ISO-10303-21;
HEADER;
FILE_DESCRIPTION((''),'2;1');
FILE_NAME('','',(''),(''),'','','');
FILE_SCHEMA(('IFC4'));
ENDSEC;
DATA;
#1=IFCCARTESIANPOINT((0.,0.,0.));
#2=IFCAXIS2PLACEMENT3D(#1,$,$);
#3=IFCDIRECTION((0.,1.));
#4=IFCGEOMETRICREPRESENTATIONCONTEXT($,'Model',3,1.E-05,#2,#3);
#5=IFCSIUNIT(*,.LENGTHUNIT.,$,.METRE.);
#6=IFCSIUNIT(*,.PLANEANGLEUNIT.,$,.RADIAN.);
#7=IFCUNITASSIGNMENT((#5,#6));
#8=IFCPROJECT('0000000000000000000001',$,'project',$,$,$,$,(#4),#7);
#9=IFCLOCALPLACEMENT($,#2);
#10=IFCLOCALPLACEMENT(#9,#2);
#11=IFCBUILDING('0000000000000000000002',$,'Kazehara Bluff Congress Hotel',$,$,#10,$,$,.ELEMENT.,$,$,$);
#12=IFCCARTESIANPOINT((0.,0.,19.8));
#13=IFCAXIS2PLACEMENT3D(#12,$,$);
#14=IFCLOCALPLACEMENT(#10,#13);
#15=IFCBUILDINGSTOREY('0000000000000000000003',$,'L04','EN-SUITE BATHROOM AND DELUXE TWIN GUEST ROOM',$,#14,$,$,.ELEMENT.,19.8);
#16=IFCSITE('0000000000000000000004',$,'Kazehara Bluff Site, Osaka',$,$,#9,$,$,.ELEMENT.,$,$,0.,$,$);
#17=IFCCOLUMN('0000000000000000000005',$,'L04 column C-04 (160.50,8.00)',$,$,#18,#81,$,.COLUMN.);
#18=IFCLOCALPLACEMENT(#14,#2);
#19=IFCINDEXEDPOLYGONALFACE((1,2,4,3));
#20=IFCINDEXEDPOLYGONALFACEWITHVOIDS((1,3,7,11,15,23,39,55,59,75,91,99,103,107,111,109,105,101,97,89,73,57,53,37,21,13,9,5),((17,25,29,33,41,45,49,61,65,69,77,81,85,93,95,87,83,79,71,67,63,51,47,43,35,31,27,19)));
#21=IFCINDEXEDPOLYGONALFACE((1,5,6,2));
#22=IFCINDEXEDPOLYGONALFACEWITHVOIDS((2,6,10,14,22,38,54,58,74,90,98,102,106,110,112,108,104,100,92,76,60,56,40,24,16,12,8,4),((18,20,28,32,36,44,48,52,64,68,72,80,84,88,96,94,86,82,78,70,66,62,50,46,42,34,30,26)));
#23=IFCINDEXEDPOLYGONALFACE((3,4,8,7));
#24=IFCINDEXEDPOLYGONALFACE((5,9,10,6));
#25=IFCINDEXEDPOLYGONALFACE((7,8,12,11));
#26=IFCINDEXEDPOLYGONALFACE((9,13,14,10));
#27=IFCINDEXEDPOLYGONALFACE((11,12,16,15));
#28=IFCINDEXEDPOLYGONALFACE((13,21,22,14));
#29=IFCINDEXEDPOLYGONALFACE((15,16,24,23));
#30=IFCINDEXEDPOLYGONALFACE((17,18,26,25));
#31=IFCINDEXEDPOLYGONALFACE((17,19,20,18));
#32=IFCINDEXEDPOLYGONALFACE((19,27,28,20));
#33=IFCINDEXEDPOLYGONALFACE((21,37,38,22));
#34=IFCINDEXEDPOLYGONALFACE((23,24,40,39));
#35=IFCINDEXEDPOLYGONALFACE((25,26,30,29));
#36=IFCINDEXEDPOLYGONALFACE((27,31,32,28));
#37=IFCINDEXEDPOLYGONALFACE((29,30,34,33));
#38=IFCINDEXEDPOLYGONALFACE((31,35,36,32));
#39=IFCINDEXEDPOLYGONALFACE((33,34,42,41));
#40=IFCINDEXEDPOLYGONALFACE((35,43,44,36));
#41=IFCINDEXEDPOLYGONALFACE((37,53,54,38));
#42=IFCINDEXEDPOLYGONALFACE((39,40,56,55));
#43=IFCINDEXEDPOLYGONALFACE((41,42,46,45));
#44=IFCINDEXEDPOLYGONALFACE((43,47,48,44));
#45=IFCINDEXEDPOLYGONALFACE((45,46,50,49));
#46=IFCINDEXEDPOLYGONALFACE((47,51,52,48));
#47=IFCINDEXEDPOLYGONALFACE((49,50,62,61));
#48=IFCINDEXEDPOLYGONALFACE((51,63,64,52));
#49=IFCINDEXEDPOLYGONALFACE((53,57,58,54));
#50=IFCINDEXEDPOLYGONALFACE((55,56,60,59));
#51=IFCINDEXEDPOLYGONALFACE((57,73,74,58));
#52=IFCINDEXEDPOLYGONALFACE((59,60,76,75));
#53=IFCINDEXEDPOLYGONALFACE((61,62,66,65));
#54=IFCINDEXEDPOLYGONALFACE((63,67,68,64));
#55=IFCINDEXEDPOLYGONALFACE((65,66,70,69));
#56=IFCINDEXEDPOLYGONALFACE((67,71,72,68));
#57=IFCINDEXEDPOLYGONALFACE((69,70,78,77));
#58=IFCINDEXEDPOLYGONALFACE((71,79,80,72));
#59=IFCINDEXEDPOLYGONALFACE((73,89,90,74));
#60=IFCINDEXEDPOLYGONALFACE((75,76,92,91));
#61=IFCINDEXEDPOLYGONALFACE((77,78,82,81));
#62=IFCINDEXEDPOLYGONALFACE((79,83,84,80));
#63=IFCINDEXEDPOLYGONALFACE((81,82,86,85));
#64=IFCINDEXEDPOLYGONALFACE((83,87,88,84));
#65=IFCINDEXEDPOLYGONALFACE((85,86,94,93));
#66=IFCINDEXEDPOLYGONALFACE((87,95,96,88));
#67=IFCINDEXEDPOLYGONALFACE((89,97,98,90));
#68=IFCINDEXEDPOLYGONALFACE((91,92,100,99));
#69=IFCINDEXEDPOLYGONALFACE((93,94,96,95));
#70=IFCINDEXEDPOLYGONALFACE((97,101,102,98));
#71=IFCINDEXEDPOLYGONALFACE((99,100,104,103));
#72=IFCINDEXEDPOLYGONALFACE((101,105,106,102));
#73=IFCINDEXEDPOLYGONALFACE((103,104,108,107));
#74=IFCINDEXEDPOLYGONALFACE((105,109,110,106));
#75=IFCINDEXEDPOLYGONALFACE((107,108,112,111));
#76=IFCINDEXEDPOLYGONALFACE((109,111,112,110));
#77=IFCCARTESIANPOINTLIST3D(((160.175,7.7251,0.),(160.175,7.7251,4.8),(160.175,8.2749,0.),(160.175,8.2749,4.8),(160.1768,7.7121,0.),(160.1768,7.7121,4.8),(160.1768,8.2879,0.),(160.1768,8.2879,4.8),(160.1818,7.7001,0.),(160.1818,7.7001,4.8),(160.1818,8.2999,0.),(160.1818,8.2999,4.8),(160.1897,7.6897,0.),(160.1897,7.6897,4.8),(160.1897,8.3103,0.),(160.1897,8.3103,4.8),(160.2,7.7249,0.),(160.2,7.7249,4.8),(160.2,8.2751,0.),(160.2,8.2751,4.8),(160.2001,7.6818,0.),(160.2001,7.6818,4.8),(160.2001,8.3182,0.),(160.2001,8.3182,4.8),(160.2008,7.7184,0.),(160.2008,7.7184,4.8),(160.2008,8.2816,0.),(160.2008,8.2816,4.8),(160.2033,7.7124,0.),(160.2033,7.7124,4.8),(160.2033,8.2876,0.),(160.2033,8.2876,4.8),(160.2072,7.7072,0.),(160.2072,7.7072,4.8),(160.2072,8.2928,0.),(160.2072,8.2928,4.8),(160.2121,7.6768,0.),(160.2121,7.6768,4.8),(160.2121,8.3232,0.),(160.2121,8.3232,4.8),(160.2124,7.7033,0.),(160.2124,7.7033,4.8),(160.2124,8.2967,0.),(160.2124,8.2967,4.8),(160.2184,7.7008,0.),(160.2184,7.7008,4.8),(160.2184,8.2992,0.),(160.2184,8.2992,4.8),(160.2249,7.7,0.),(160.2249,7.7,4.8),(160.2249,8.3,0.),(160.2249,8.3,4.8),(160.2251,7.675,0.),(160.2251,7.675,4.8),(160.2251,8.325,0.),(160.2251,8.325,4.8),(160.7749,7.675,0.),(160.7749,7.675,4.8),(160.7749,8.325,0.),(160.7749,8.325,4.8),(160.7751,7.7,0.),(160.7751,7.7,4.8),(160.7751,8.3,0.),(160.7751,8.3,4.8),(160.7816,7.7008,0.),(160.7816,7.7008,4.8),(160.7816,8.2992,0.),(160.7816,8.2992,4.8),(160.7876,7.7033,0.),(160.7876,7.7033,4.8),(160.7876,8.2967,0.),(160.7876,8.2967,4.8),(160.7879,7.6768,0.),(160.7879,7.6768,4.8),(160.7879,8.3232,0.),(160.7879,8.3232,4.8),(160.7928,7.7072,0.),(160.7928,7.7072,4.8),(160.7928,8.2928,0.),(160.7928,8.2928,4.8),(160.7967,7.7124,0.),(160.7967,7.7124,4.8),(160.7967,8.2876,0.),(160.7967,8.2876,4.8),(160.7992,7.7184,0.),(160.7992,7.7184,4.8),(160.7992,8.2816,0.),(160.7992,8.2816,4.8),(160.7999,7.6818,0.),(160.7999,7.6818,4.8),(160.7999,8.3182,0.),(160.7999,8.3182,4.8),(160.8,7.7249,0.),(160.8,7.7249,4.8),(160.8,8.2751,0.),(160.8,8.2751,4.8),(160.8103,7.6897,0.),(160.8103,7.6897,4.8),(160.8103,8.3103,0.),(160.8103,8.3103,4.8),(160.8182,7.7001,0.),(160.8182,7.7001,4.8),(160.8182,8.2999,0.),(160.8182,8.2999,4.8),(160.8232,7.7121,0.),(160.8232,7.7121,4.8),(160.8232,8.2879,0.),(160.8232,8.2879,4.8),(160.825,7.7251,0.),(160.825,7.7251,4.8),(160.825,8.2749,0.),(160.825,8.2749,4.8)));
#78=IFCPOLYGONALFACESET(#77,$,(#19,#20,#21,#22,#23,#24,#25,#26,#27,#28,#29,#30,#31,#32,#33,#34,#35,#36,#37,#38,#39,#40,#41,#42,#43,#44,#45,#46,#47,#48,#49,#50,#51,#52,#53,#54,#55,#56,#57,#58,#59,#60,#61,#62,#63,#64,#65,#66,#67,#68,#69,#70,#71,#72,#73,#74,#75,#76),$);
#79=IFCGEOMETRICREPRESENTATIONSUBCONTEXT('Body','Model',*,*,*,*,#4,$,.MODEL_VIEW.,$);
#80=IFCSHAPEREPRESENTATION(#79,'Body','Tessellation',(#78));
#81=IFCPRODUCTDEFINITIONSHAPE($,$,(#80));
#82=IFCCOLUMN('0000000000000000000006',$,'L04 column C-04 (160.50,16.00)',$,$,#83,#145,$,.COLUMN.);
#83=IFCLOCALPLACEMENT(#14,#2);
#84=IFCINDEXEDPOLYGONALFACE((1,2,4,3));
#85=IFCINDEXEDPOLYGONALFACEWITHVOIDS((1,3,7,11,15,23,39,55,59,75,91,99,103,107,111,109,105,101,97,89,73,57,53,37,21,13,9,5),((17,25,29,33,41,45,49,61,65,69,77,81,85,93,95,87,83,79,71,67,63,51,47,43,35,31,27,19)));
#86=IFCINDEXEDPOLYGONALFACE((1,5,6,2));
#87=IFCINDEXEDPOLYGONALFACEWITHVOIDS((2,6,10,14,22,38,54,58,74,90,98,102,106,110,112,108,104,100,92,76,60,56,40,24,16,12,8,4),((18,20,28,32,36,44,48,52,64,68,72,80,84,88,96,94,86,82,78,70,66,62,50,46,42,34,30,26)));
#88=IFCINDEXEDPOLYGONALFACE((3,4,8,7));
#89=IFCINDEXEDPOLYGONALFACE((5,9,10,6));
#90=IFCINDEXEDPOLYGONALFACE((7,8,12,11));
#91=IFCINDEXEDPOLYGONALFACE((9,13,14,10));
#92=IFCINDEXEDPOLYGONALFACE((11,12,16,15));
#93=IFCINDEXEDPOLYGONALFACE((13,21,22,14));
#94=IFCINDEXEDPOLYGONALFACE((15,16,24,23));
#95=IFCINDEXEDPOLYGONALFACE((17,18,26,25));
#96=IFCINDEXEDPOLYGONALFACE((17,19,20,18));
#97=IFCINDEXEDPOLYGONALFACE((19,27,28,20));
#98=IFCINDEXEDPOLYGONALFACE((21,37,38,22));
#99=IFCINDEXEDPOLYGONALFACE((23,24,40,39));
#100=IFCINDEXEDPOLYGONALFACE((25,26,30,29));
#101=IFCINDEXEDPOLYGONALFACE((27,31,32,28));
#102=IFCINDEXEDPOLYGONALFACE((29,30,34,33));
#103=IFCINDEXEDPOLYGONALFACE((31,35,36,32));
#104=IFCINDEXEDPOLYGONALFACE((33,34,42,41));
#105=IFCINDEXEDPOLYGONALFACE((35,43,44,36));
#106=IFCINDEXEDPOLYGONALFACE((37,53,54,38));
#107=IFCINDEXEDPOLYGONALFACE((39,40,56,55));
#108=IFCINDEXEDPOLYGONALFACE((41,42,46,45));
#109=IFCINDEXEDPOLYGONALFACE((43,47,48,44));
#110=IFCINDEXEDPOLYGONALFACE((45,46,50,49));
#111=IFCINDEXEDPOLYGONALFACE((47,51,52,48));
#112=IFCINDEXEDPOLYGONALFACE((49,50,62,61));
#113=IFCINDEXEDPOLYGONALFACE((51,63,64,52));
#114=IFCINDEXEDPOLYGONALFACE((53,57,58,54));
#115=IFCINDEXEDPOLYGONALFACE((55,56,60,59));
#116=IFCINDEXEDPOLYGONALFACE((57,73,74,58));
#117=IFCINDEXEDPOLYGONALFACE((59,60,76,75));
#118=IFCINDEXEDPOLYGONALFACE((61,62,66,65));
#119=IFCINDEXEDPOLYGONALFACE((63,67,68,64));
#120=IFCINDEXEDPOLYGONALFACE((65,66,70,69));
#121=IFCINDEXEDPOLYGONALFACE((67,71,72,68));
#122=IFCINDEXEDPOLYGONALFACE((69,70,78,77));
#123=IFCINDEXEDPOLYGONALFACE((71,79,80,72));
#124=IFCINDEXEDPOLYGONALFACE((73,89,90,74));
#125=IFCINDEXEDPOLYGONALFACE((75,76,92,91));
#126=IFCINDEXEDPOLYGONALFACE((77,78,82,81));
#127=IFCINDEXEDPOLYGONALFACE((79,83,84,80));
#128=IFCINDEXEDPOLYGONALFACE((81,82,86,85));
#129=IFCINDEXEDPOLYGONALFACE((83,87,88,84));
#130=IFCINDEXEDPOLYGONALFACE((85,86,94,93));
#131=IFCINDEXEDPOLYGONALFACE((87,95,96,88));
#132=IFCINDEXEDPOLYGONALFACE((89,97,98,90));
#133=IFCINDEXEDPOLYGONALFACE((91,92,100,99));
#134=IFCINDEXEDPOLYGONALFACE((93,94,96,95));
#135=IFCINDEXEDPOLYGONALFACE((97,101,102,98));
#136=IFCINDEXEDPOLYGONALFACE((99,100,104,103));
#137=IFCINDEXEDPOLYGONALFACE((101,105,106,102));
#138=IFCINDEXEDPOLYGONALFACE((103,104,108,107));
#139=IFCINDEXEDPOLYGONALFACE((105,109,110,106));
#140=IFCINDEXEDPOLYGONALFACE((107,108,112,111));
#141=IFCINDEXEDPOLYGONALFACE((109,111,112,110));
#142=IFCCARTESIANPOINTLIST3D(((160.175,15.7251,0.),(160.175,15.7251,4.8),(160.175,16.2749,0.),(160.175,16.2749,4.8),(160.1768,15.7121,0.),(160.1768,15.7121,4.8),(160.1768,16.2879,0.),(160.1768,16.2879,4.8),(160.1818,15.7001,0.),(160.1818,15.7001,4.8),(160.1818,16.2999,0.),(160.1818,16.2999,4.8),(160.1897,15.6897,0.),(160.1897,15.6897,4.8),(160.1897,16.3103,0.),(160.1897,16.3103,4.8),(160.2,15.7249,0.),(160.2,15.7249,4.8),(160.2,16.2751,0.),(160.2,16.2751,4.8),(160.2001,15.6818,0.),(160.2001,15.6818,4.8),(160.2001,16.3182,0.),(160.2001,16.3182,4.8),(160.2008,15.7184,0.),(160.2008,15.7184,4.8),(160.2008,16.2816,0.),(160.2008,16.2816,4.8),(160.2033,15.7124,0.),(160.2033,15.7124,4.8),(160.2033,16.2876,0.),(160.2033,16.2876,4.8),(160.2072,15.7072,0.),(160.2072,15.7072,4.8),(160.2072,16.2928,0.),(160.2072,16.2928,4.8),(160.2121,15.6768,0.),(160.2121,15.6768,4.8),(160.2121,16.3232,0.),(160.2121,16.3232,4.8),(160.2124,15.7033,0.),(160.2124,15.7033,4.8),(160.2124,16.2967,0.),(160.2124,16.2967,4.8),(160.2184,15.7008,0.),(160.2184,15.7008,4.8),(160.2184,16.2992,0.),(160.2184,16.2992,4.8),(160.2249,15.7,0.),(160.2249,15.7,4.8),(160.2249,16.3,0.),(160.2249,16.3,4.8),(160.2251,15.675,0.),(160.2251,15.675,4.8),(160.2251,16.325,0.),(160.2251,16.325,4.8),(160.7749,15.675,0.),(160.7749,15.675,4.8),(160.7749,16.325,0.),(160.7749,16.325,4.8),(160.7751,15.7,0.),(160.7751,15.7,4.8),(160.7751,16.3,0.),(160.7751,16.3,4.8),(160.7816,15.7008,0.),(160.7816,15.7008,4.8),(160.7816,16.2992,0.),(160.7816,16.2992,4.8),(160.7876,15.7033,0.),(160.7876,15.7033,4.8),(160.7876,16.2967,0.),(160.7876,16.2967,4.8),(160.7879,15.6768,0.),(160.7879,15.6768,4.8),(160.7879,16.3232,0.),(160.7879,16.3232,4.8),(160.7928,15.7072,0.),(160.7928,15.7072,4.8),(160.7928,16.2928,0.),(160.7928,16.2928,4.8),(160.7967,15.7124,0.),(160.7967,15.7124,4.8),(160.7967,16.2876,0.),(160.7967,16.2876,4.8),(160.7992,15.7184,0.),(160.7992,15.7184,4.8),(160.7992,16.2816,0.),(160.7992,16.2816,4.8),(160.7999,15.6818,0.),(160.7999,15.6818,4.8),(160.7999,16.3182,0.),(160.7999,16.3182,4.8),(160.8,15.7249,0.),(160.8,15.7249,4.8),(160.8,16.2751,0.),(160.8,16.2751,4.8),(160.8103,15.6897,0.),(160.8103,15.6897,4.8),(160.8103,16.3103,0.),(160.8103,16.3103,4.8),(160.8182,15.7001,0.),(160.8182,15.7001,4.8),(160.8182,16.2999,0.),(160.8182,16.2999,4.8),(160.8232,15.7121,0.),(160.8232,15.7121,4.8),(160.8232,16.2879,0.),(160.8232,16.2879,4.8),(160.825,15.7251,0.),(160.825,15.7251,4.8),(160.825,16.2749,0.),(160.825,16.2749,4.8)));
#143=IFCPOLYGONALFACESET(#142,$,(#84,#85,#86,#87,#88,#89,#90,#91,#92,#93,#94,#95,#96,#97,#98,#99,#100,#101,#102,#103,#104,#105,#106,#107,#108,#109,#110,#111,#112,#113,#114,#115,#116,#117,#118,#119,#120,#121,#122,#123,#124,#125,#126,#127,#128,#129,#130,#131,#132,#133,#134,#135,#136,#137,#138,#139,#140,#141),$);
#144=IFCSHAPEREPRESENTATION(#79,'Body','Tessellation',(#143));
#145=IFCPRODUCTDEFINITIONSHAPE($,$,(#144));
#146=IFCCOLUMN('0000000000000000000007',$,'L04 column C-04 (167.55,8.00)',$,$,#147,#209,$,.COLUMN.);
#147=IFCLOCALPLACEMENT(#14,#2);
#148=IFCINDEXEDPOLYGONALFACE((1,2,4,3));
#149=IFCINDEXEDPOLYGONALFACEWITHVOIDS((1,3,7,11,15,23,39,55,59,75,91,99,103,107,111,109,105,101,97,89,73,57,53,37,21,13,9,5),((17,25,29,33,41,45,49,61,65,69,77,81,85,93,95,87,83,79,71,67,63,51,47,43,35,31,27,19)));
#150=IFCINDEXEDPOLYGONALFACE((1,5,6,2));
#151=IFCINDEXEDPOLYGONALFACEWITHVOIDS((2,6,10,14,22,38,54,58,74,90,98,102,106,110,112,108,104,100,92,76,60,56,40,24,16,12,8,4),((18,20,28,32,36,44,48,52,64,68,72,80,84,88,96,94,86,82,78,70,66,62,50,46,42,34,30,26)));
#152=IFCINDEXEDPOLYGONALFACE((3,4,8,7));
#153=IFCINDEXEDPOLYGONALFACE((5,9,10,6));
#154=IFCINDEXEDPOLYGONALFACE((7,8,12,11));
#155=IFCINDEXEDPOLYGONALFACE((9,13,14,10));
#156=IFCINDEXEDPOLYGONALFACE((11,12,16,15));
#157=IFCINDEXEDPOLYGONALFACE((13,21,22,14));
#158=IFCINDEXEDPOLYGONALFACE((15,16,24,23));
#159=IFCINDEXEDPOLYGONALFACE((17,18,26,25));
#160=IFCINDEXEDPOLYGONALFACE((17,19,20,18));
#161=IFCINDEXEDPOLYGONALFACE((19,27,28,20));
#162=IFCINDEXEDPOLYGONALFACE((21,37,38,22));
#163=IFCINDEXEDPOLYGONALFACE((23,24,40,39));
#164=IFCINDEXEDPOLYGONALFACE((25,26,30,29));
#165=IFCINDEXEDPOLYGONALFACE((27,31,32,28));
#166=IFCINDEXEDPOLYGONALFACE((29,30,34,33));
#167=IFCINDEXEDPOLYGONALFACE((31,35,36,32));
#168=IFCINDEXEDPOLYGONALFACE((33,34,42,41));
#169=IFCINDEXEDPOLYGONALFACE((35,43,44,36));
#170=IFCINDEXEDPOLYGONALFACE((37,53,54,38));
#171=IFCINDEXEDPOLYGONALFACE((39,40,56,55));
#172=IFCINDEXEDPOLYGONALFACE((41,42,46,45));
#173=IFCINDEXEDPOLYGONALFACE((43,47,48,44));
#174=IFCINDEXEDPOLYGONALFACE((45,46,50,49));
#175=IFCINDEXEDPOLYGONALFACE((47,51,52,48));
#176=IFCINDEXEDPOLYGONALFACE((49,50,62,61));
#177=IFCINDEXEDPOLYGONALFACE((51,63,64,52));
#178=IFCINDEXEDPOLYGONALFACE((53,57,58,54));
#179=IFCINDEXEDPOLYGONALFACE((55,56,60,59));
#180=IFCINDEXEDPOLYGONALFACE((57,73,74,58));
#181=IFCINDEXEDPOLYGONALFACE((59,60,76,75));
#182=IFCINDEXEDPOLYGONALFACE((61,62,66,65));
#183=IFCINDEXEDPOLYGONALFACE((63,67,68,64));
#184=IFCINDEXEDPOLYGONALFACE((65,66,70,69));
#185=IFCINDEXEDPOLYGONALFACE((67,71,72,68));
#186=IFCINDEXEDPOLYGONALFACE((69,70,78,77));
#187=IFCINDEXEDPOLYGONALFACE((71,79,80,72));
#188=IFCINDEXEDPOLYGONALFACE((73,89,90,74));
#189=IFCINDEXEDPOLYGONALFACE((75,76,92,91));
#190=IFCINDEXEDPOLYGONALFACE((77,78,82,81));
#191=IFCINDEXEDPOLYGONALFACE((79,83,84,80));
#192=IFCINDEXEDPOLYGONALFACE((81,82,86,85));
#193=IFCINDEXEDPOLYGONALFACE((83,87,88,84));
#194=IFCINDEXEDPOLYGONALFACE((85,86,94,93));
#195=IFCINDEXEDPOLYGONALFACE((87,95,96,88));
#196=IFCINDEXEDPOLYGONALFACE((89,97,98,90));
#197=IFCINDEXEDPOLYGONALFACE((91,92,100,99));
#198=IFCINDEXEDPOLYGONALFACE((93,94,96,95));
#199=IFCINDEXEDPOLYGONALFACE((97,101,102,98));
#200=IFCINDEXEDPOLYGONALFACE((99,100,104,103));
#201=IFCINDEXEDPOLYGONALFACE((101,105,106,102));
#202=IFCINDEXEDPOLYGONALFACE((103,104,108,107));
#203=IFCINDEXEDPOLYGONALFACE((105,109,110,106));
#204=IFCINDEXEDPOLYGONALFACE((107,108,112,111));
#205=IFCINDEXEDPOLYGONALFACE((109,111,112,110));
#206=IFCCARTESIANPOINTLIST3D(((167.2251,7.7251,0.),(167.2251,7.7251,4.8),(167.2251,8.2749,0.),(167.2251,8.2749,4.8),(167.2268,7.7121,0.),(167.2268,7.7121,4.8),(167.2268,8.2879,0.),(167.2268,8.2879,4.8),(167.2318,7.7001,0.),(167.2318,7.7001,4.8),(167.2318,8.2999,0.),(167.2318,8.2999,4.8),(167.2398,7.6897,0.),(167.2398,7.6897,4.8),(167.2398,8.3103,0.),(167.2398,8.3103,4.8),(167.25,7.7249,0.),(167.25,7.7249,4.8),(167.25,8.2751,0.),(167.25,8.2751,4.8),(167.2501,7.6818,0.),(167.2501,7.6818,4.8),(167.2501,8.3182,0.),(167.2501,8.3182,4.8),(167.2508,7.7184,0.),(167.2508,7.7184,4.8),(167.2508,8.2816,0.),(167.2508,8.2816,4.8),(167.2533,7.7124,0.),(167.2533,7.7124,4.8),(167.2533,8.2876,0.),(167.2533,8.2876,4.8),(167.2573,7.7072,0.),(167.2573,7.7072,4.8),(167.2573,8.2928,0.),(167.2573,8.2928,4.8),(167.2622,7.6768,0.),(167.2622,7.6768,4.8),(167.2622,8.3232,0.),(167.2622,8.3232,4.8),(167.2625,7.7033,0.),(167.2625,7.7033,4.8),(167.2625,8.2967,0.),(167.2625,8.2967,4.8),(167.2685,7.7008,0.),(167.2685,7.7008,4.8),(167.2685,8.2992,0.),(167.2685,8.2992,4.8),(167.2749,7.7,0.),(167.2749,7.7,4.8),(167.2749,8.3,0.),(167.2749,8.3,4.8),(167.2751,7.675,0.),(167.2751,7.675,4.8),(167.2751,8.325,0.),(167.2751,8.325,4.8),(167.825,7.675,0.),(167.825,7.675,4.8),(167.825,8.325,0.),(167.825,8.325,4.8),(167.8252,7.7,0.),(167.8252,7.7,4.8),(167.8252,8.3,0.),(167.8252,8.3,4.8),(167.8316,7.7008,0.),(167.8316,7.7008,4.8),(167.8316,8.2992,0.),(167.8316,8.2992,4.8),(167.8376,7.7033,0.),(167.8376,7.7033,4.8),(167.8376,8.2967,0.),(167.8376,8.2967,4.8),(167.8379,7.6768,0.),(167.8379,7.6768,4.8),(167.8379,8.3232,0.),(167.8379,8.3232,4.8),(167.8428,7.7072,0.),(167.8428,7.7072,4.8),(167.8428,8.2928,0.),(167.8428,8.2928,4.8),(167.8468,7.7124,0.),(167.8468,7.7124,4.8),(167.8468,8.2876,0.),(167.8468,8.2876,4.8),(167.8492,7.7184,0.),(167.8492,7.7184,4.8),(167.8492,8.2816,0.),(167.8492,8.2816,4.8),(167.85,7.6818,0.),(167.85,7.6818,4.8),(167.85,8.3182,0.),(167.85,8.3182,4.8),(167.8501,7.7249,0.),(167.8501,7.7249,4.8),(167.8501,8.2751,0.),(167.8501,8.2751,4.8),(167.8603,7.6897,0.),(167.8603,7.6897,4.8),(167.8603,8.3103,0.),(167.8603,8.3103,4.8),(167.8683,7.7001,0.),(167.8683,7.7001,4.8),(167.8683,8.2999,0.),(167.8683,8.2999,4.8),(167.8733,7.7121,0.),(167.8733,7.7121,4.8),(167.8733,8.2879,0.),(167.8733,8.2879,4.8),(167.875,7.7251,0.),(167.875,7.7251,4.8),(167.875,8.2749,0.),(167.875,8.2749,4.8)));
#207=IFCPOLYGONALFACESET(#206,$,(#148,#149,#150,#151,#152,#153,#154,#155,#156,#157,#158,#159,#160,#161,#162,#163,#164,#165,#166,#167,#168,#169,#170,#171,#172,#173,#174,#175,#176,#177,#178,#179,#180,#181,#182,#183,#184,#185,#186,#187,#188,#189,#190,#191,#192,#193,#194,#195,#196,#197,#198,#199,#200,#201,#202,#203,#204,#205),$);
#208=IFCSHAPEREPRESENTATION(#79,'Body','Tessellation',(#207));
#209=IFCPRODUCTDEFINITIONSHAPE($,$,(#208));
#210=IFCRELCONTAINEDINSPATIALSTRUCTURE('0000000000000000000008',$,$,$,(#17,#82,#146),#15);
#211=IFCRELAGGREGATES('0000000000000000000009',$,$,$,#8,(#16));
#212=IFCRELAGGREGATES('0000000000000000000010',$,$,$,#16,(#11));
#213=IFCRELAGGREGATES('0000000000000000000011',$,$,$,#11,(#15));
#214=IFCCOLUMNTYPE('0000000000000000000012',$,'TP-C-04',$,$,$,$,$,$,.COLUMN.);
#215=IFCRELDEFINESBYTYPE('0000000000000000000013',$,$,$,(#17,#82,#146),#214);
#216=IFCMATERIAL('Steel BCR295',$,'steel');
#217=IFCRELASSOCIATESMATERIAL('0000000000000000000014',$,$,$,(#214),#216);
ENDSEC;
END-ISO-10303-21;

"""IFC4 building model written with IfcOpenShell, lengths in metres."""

from ifc_helpers import new_model, si_unit, direction, frame, origin, origin_2d, place, context, subcontext, project, spatial, hollow_rectangle, extrude, material, material_profile, profile_set, type_object, element, save


model = new_model("IFC4")

# Units and contexts
model_context = context("Model", 3, precision=1e-05, world=origin(), true_north=direction((0.0, 1.0)))
body_context = subcontext(model_context, "Body", "Model", "MODEL_VIEW")
ifc_project = project(units=[si_unit("LENGTHUNIT", "METRE"), si_unit("PLANEANGLEUNIT", "RADIAN")], contexts=[model_context])

# Site, building, storey
site_placement = place(None, origin())
site = spatial("IfcSite", under=ifc_project, at=site_placement, Name="Kazehara Bluff Site, Osaka", CompositionType="ELEMENT", RefElevation=0.0)
building_placement = place(site_placement, origin())
building = spatial("IfcBuilding", under=site, at=building_placement, Name="Kazehara Bluff Congress Hotel", CompositionType="ELEMENT")
storey_placement = place(building_placement, frame((0.0, 0.0, 19.8)))
storey = spatial("IfcBuildingStorey", under=building, at=storey_placement, Name="L04", Description="EN-SUITE BATHROOM AND DELUXE TWIN GUEST ROOM", CompositionType="ELEMENT", Elevation=19.8)

# Columns
ifc_material_1 = material(Name="Steel BCR295", Category="steel")
ifc_material_profile_1 = material_profile(ifc_material_1, hollow_rectangle(XDim=0.6499, YDim=0.6499, WallThickness=0.0249, InnerFilletRadius=0.0249, OuterFilletRadius=0.05, at=origin_2d()))
ifc_profile_set_1 = profile_set([ifc_material_profile_1], Name="Steel BCR295")
column_type = type_object("IfcColumnType", Name="TP-C-04", PredefinedType="COLUMN", material=ifc_profile_set_1)
for number, where, z_axis, x_axis, name in (
    (1, (160.5, 8.0, 0.0), (0.0, 0.0, 1.0), (1.0, 0.0, 0.0), "L04 column C-04 (160.50,8.00)"),
    (2, (160.5, 16.0, 0.0), (0.0, 0.0, 1.0), (1.0, 0.0, 0.0), "L04 column C-04 (160.50,16.00)"),
    (3, (167.55, 8.0, 0.0), (0.0, 0.0, 1.0), (1.0, 0.0, 0.0), "L04 column C-04 (167.55,8.00)"),
):
    element("IfcColumn", number, at=place(storey_placement, frame(where, z_axis=z_axis, x_axis=x_axis)), inside=storey, type_object=column_type, Name=name, PredefinedType="COLUMN", context=body_context, shape_type="SweptSolid", body=[
        extrude(hollow_rectangle(XDim=0.6499, YDim=0.6499, WallThickness=0.0249, InnerFilletRadius=0.0249, OuterFilletRadius=0.05, at=origin_2d()), origin(), (0.0, 0.0, 1.0), 4.8),
    ])

save(model, "model.ifc")
